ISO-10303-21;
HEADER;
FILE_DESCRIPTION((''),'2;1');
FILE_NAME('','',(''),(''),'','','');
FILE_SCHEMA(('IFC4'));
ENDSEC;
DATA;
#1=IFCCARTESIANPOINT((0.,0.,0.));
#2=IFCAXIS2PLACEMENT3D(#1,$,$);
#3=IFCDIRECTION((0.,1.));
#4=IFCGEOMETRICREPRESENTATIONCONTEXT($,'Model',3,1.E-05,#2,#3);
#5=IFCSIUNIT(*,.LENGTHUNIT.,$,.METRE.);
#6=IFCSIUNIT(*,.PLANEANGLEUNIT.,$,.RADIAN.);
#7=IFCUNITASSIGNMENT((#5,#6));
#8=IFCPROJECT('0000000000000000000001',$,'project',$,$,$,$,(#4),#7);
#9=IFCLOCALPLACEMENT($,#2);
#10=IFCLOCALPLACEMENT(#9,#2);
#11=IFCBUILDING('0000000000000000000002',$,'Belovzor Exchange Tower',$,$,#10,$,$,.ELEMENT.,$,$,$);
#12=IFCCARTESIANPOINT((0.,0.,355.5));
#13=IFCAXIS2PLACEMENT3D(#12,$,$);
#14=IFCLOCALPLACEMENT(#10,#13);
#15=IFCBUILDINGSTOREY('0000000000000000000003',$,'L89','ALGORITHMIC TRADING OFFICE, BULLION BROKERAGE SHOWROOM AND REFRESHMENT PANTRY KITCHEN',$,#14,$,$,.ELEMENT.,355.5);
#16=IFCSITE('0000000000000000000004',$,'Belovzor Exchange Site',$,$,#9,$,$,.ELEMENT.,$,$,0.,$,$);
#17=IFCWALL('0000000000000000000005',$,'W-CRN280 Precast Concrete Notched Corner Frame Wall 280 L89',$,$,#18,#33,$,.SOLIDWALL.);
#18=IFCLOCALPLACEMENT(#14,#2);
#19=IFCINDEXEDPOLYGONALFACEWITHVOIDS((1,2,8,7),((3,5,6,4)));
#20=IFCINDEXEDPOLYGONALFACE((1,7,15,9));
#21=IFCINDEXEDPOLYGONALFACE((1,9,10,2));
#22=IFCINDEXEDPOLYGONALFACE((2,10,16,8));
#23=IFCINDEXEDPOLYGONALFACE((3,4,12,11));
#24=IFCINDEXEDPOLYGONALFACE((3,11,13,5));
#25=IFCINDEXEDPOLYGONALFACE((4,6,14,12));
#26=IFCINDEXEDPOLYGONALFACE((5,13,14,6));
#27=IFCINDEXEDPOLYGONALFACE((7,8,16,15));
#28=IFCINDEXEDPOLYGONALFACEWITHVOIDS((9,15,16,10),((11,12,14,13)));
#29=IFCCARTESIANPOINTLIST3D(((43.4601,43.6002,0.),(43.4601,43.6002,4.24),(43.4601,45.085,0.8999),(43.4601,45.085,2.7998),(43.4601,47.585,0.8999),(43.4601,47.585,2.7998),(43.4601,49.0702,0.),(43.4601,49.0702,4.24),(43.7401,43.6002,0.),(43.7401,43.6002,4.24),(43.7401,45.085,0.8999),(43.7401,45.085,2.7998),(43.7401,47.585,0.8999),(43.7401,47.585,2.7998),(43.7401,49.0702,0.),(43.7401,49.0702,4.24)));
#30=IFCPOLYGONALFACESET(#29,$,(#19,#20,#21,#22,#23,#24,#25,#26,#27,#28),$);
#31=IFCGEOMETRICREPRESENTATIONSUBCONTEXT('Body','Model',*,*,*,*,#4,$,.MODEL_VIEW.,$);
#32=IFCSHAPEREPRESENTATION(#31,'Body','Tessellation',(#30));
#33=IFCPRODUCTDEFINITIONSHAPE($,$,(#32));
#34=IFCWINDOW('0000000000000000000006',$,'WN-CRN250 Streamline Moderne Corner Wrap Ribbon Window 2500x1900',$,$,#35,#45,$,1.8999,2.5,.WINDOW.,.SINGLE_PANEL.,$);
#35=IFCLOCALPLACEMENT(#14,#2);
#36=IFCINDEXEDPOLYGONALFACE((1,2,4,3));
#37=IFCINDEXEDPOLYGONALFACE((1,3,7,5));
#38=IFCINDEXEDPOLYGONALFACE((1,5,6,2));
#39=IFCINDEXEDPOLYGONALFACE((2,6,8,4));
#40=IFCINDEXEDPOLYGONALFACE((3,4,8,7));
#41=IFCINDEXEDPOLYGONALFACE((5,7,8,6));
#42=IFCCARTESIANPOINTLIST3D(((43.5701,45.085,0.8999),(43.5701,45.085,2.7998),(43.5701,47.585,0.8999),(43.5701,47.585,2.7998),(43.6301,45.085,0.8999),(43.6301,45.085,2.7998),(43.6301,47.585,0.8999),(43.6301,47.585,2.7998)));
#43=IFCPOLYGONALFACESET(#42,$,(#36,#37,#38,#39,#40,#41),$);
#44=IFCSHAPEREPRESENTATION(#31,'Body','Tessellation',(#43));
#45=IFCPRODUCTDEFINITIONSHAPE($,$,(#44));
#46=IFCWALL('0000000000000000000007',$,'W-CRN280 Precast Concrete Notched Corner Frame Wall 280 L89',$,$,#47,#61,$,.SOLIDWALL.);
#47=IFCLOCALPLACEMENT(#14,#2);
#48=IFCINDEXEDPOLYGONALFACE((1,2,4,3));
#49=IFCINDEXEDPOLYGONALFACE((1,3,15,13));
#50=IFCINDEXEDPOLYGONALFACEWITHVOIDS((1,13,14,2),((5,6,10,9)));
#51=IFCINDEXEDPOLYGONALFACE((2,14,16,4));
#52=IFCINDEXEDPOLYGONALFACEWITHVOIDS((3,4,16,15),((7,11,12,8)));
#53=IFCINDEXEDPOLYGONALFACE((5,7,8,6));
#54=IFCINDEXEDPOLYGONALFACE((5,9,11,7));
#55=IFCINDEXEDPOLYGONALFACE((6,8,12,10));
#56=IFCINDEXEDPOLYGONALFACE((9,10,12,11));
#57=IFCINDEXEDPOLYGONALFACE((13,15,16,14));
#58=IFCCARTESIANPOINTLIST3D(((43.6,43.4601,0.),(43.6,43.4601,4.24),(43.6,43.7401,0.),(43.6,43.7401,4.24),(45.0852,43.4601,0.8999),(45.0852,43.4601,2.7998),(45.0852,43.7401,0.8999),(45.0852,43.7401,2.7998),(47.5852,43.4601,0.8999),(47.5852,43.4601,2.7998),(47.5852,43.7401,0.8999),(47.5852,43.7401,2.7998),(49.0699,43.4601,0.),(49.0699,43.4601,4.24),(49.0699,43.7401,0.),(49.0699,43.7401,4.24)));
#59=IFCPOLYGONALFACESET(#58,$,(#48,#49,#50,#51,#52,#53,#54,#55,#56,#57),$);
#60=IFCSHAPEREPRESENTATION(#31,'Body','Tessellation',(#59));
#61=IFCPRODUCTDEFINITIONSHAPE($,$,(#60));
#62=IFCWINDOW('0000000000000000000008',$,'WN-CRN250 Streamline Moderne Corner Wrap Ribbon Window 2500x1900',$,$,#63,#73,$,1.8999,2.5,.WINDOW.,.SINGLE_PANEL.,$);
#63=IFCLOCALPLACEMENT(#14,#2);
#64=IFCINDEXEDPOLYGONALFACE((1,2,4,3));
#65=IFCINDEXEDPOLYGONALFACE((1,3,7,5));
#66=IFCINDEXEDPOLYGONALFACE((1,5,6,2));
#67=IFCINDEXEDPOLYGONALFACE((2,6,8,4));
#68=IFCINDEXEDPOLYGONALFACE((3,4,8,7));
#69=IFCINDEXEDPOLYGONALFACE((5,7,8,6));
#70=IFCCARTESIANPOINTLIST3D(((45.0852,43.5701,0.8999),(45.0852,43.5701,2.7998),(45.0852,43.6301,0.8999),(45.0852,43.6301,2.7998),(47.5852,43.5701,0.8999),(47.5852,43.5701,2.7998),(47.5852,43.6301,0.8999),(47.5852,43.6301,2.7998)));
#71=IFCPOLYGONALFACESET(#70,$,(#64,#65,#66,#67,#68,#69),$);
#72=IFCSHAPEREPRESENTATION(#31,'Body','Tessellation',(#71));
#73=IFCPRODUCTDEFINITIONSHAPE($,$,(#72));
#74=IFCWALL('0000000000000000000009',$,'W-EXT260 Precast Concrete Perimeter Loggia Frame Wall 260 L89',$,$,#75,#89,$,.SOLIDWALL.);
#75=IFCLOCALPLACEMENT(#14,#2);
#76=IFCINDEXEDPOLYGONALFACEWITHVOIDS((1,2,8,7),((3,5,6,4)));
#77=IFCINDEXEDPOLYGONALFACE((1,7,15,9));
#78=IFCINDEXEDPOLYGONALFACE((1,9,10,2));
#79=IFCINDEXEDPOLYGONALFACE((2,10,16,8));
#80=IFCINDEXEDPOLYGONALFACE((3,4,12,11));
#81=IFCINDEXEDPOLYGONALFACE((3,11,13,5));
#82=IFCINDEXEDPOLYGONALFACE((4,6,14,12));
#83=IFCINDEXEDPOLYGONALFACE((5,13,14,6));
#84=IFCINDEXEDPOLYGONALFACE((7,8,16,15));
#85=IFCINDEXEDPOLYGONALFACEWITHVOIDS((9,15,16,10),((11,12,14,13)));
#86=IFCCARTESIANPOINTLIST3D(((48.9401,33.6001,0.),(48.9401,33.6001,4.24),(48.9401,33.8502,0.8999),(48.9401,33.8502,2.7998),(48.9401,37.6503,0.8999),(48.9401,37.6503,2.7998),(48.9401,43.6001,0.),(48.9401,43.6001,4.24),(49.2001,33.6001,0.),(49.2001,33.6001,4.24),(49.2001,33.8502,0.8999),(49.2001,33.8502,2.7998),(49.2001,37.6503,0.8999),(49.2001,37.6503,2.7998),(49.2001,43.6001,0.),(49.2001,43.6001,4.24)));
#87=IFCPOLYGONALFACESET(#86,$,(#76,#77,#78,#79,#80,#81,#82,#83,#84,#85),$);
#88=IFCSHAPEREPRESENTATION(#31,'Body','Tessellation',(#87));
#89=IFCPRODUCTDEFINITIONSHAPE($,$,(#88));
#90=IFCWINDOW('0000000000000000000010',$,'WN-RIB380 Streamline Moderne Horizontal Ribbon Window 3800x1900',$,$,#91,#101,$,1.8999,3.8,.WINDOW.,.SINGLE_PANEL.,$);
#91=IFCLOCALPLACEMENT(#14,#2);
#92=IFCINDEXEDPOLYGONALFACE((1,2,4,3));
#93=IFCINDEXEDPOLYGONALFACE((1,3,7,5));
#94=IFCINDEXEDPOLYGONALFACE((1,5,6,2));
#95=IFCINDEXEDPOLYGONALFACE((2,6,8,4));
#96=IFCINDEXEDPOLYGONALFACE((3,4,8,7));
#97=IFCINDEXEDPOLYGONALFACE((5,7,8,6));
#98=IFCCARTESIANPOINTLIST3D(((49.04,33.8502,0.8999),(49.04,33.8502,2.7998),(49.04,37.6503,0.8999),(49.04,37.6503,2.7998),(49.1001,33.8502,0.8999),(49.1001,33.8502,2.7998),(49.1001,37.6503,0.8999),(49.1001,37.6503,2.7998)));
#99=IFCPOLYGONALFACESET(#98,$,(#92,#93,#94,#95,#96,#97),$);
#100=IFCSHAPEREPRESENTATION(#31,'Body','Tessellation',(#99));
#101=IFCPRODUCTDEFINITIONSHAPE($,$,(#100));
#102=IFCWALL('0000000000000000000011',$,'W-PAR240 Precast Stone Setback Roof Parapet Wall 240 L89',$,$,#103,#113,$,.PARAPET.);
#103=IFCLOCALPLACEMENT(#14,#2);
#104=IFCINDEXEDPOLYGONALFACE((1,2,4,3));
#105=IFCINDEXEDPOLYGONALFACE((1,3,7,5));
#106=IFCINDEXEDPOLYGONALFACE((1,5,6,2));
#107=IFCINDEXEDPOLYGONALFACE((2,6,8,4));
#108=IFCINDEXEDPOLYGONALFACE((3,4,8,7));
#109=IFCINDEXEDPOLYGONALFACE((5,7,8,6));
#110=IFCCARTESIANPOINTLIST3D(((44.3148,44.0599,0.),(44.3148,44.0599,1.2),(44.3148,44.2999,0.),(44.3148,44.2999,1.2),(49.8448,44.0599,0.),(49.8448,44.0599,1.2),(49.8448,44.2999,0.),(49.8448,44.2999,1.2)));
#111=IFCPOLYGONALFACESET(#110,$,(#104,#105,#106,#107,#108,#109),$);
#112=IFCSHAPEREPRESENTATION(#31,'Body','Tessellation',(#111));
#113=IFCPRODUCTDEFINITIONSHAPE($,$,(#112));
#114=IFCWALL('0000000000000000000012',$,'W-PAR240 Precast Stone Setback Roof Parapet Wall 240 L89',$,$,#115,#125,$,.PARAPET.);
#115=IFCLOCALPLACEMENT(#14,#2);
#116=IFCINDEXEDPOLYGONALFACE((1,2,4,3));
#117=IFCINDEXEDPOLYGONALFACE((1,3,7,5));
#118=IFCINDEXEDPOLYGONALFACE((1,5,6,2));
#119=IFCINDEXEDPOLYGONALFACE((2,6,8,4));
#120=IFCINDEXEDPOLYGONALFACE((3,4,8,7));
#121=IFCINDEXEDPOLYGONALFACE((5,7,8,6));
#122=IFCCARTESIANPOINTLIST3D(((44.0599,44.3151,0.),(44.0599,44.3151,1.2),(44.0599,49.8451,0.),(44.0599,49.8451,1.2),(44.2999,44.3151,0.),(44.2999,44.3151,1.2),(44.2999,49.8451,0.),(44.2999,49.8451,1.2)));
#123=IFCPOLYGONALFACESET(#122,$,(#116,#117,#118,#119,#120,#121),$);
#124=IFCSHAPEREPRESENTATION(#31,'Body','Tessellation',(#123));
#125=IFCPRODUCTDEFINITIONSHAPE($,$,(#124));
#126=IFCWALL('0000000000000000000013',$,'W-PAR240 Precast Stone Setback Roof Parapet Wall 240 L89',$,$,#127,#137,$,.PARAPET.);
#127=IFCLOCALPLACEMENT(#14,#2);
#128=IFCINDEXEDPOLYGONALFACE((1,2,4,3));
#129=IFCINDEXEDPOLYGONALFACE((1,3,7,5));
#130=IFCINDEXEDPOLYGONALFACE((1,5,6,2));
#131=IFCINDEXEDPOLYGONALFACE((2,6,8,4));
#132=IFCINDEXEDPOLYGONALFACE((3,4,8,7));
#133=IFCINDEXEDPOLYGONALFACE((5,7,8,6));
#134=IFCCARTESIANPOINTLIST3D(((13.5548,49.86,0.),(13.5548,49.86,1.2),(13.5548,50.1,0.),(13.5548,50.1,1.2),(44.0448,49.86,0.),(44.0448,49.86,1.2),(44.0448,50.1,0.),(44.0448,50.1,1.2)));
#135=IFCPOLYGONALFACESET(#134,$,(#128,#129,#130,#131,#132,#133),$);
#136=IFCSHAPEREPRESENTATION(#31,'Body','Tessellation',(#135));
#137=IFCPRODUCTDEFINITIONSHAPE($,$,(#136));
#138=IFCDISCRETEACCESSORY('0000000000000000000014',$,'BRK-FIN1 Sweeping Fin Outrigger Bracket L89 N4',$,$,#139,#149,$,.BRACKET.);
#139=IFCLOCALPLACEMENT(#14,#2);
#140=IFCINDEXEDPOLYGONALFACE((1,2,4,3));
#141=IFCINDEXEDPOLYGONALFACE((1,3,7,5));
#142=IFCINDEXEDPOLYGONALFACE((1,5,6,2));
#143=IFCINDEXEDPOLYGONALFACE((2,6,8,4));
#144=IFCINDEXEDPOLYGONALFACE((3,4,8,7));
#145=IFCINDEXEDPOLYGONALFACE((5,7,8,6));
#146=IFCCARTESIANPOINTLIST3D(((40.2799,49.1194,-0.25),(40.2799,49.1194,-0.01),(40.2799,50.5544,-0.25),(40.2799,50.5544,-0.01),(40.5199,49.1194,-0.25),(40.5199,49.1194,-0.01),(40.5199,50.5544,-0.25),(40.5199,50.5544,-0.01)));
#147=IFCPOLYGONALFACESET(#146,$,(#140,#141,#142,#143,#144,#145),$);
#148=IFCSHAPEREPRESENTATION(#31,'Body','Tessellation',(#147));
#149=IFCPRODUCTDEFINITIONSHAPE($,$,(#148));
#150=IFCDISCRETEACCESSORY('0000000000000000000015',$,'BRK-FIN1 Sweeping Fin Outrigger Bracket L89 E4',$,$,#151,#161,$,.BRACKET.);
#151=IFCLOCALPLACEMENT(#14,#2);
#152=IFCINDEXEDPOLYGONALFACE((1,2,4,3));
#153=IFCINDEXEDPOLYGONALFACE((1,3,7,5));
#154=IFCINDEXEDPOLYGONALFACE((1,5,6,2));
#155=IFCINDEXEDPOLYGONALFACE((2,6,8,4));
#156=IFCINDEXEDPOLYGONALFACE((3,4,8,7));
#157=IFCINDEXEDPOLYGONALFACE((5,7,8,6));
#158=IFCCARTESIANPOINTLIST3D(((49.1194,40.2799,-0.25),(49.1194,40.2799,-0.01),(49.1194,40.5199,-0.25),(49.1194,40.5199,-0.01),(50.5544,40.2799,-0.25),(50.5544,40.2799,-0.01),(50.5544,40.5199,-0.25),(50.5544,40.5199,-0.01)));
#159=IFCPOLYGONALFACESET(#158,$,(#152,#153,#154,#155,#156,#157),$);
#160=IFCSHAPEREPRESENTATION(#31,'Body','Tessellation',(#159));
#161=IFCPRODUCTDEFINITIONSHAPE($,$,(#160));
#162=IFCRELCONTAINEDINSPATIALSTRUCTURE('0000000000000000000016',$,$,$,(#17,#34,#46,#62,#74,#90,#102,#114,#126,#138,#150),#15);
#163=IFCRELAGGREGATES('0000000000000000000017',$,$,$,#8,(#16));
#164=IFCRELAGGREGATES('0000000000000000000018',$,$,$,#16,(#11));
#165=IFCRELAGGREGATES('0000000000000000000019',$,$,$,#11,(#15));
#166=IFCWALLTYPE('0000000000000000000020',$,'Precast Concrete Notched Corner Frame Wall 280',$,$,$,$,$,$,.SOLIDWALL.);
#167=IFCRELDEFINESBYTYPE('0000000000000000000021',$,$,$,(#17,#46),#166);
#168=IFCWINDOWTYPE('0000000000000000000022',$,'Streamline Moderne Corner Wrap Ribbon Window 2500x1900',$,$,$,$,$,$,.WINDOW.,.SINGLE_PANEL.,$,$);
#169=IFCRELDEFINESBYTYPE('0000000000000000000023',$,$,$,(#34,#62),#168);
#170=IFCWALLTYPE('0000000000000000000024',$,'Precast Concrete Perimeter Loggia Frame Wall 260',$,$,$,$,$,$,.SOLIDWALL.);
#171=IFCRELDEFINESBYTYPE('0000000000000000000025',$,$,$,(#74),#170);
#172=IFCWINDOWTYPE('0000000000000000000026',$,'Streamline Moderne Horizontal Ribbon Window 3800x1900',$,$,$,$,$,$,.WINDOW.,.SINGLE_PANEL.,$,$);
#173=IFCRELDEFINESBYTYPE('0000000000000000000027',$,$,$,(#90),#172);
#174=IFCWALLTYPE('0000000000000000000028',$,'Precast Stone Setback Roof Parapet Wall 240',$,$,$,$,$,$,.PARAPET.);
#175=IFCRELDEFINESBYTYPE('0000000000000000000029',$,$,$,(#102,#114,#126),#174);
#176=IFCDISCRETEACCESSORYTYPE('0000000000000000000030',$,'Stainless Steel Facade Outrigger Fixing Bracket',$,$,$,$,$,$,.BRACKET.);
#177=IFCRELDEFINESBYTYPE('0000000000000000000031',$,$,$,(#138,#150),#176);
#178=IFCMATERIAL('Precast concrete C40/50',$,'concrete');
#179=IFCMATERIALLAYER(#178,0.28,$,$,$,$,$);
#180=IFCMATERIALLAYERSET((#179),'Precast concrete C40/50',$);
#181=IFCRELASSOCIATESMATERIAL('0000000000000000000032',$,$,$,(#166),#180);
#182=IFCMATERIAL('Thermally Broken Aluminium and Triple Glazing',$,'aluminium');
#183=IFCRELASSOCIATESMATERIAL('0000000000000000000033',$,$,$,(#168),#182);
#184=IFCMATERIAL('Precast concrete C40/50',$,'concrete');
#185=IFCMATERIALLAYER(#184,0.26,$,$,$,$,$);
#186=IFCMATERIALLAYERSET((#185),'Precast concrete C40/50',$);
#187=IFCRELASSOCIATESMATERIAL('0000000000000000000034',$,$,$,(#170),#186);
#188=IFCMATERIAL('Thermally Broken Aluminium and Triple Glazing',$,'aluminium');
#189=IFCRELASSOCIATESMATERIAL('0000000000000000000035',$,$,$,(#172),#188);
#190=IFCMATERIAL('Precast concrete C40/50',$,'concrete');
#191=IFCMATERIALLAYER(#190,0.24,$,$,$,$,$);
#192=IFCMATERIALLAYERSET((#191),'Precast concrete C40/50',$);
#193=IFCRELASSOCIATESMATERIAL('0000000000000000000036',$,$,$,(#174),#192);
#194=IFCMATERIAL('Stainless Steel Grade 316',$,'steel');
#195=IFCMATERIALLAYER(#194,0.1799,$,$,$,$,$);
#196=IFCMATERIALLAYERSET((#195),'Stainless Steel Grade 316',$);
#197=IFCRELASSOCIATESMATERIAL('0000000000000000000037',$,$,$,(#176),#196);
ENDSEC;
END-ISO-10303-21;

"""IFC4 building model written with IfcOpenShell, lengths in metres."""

from ifc_helpers import new_model, si_unit, direction, frame, frame_2d, origin, origin_2d, place, context, subcontext, project, spatial, rectangle, extrude, material, layer, layer_set, type_object, element, fill, save


model = new_model("IFC4")

# Units and contexts
model_context = context("Model", 3, precision=1e-05, world=origin(), true_north=direction((0.0, 1.0)))
body_context = subcontext(model_context, "Body", "Model", "MODEL_VIEW")
ifc_project = project(units=[si_unit("LENGTHUNIT", "METRE"), si_unit("PLANEANGLEUNIT", "RADIAN")], contexts=[model_context])

# Site, building, storey
site_placement = place(None, origin())
site = spatial("IfcSite", under=ifc_project, at=site_placement, Name="Belovzor Exchange Site", CompositionType="ELEMENT", RefElevation=0.0)
building_placement = place(site_placement, origin())
building = spatial("IfcBuilding", under=site, at=building_placement, Name="Belovzor Exchange Tower", CompositionType="ELEMENT")
storey_placement = place(building_placement, frame((0.0, 0.0, 355.5)))
storey = spatial("IfcBuildingStorey", under=building, at=storey_placement, Name="L89", Description="ALGORITHMIC TRADING OFFICE, BULLION BROKERAGE SHOWROOM AND REFRESHMENT PANTRY KITCHEN", CompositionType="ELEMENT", Elevation=355.5)

# Walls, openings, windows
ifc_material_1 = material(Name="Precast concrete C40/50", Category="concrete")
ifc_layer_1 = layer(ifc_material_1, 0.28)
ifc_layer_set_1 = layer_set([ifc_layer_1], Name="Precast concrete C40/50")
wall_type_1 = type_object("IfcWallType", Name="Precast Concrete Notched Corner Frame Wall 280", PredefinedType="SOLIDWALL", material=ifc_layer_set_1)
wall_1_placement = place(storey_placement, frame((43.6001, 49.0701, 0.0), z_axis=(0.0, 0.0, 1.0), x_axis=(0.0, -1.0, 0.0)))
wall_1 = element("IfcWall", 1, at=wall_1_placement, inside=storey, type_object=wall_type_1, Name="W-CRN280 Precast Concrete Notched Corner Frame Wall 280 L89", PredefinedType="SOLIDWALL", context=body_context, shape_type="SweptSolid", body=[
    extrude(rectangle(XDim=5.47, YDim=0.28, at=frame_2d((2.7349, 0.0))), origin(), (0.0, 0.0, 1.0), 4.24),
])
opening_1_placement = place(wall_1_placement, frame((1.4851, 0.0, 0.8999)))
opening_1 = element("IfcOpeningElement", 2, at=opening_1_placement, cuts=wall_1, PredefinedType="OPENING", context=body_context, shape_type="SweptSolid", body=[
    extrude(rectangle(XDim=2.5, YDim=1.8999, at=frame_2d((1.25, 0.95))), frame((0.0, 0.1499, 0.0), z_axis=(0.0, -1.0, 0.0), x_axis=(1.0, 0.0, 0.0)), (0.0, 0.0, 1.0), 0.3),
])
ifc_material_2 = material(Name="Thermally Broken Aluminium and Triple Glazing", Category="aluminium")
window_type_1 = type_object("IfcWindowType", Name="Streamline Moderne Corner Wrap Ribbon Window 2500x1900", PartitioningType="SINGLE_PANEL", PredefinedType="WINDOW", material=ifc_material_2)
window_1_placement = place(opening_1_placement, origin())
window_1 = element("IfcWindow", 3, at=window_1_placement, inside=storey, type_object=window_type_1, Name="WN-CRN250 Streamline Moderne Corner Wrap Ribbon Window 2500x1900", OverallHeight=1.8999, OverallWidth=2.5, PartitioningType="SINGLE_PANEL", PredefinedType="WINDOW", context=body_context, shape_type="SweptSolid", body=[
    extrude(rectangle(XDim=2.5, YDim=1.8999, at=frame_2d((1.25, 0.95))), frame((0.0, 0.03, 0.0), z_axis=(0.0, -1.0, 0.0), x_axis=(1.0, 0.0, 0.0)), (0.0, 0.0, 1.0), 0.0601),
])
fill(opening_1, window_1)
wall_2_placement = place(storey_placement, frame((43.6001, 43.6001, 0.0), z_axis=(0.0, 0.0, 1.0), x_axis=(1.0, 0.0, 0.0)))
wall_2 = element("IfcWall", 4, at=wall_2_placement, inside=storey, type_object=wall_type_1, Name="W-CRN280 Precast Concrete Notched Corner Frame Wall 280 L89", PredefinedType="SOLIDWALL", context=body_context, shape_type="SweptSolid", body=[
    extrude(rectangle(XDim=5.47, YDim=0.28, at=frame_2d((2.7349, 0.0))), origin(), (0.0, 0.0, 1.0), 4.24),
])
opening_2_placement = place(wall_2_placement, frame((1.4851, 0.0, 0.8999)))
opening_2 = element("IfcOpeningElement", 5, at=opening_2_placement, cuts=wall_2, PredefinedType="OPENING", context=body_context, shape_type="SweptSolid", body=[
    extrude(rectangle(XDim=2.5, YDim=1.8999, at=frame_2d((1.25, 0.95))), frame((0.0, 0.1499, 0.0), z_axis=(0.0, -1.0, 0.0), x_axis=(1.0, 0.0, 0.0)), (0.0, 0.0, 1.0), 0.3),
])
window_2_placement = place(opening_2_placement, origin())
window_2 = element("IfcWindow", 6, at=window_2_placement, inside=storey, type_object=window_type_1, Name="WN-CRN250 Streamline Moderne Corner Wrap Ribbon Window 2500x1900", OverallHeight=1.8999, OverallWidth=2.5, PartitioningType="SINGLE_PANEL", PredefinedType="WINDOW", context=body_context, shape_type="SweptSolid", body=[
    extrude(rectangle(XDim=2.5, YDim=1.8999, at=frame_2d((1.25, 0.95))), frame((0.0, 0.03, 0.0), z_axis=(0.0, -1.0, 0.0), x_axis=(1.0, 0.0, 0.0)), (0.0, 0.0, 1.0), 0.0601),
])
fill(opening_2, window_2)
ifc_material_3 = material(Name="Precast concrete C40/50", Category="concrete")
ifc_layer_2 = layer(ifc_material_3, 0.26)
ifc_layer_set_2 = layer_set([ifc_layer_2], Name="Precast concrete C40/50")
wall_type_2 = type_object("IfcWallType", Name="Precast Concrete Perimeter Loggia Frame Wall 260", PredefinedType="SOLIDWALL", material=ifc_layer_set_2)
wall_3_placement = place(storey_placement, frame((49.0701, 43.6001, 0.0), z_axis=(0.0, 0.0, 1.0), x_axis=(0.0, -1.0, 0.0)))
wall_3 = element("IfcWall", 7, at=wall_3_placement, inside=storey, type_object=wall_type_2, Name="W-EXT260 Precast Concrete Perimeter Loggia Frame Wall 260 L89", PredefinedType="SOLIDWALL", context=body_context, shape_type="SweptSolid", body=[
    extrude(rectangle(XDim=10.0, YDim=0.26, at=frame_2d((5.0, 0.0))), origin(), (0.0, 0.0, 1.0), 4.24),
])
opening_3_placement = place(wall_3_placement, frame((5.95, 0.0, 0.8999)))
opening_3 = element("IfcOpeningElement", 8, at=opening_3_placement, cuts=wall_3, PredefinedType="OPENING", context=body_context, shape_type="SweptSolid", body=[
    extrude(rectangle(XDim=3.8, YDim=1.8999, at=frame_2d((1.8999, 0.95))), frame((0.0, 0.1399, 0.0), z_axis=(0.0, -1.0, 0.0), x_axis=(1.0, 0.0, 0.0)), (0.0, 0.0, 1.0), 0.28),
])
ifc_material_4 = material(Name="Thermally Broken Aluminium and Triple Glazing", Category="aluminium")
window_type_2 = type_object("IfcWindowType", Name="Streamline Moderne Horizontal Ribbon Window 3800x1900", PartitioningType="SINGLE_PANEL", PredefinedType="WINDOW", material=ifc_material_4)
window_3_placement = place(opening_3_placement, origin())
window_3 = element("IfcWindow", 9, at=window_3_placement, inside=storey, type_object=window_type_2, Name="WN-RIB380 Streamline Moderne Horizontal Ribbon Window 3800x1900", OverallHeight=1.8999, OverallWidth=3.8, PartitioningType="SINGLE_PANEL", PredefinedType="WINDOW", context=body_context, shape_type="SweptSolid", body=[
    extrude(rectangle(XDim=3.8, YDim=1.8999, at=frame_2d((1.8999, 0.95))), frame((0.0, 0.03, 0.0), z_axis=(0.0, -1.0, 0.0), x_axis=(1.0, 0.0, 0.0)), (0.0, 0.0, 1.0), 0.0601),
])
fill(opening_3, window_3)

# Walls
ifc_material_5 = material(Name="Precast concrete C40/50", Category="concrete")
ifc_layer_3 = layer(ifc_material_5, 0.24)
ifc_layer_set_3 = layer_set([ifc_layer_3], Name="Precast concrete C40/50")
wall_type_3 = type_object("IfcWallType", Name="Precast Stone Setback Roof Parapet Wall 240", PredefinedType="PARAPET", material=ifc_layer_set_3)
for number, where, z_axis, x_axis, name in (
    (10, (49.845, 44.1799, 0.0), (0.0, 0.0, 1.0), (-1.0, 0.0, 0.0), "W-PAR240 Precast Stone Setback Roof Parapet Wall 240 L89"),
    (11, (44.1799, 44.3149, 0.0), (0.0, 0.0, 1.0), (0.0, 1.0, 0.0), "W-PAR240 Precast Stone Setback Roof Parapet Wall 240 L89"),
):
    element("IfcWall", number, at=place(storey_placement, frame(where, z_axis=z_axis, x_axis=x_axis)), inside=storey, type_object=wall_type_3, Name=name, PredefinedType="PARAPET", context=body_context, shape_type="SweptSolid", body=[
        extrude(rectangle(XDim=5.53, YDim=0.24, at=frame_2d((2.7651, 0.0))), origin(), (0.0, 0.0, 1.0), 1.2),
    ])
wall_4_placement = place(storey_placement, frame((44.0449, 49.98, 0.0), z_axis=(0.0, 0.0, 1.0), x_axis=(-1.0, 0.0, 0.0)))
element("IfcWall", 12, at=wall_4_placement, inside=storey, type_object=wall_type_3, Name="W-PAR240 Precast Stone Setback Roof Parapet Wall 240 L89", PredefinedType="PARAPET", context=body_context, shape_type="SweptSolid", body=[
    extrude(rectangle(XDim=30.49, YDim=0.24, at=frame_2d((15.2451, 0.0))), origin(), (0.0, 0.0, 1.0), 1.2),
])

# Discrete accessories
ifc_material_6 = material(Name="Stainless Steel Grade 316", Category="steel")
ifc_layer_4 = layer(ifc_material_6, 0.1799)
ifc_layer_set_4 = layer_set([ifc_layer_4], Name="Stainless Steel Grade 316")
discrete_accessory_type = type_object("IfcDiscreteAccessoryType", Name="Stainless Steel Facade Outrigger Fixing Bracket", PredefinedType="BRACKET", material=ifc_layer_set_4)
for number, where, z_axis, x_axis, name in (
    (13, (40.3999, 49.8369, -0.25), (0.0, 0.0, 1.0), (0.0, 1.0, 0.0), "BRK-FIN1 Sweeping Fin Outrigger Bracket L89 N4"),
    (14, (49.8369, 40.3999, -0.25), (0.0, 0.0, 1.0), (1.0, 0.0, 0.0), "BRK-FIN1 Sweeping Fin Outrigger Bracket L89 E4"),
):
    element("IfcDiscreteAccessory", number, at=place(storey_placement, frame(where, z_axis=z_axis, x_axis=x_axis)), inside=storey, type_object=discrete_accessory_type, Name=name, PredefinedType="BRACKET", context=body_context, shape_type="SweptSolid", body=[
        extrude(rectangle(XDim=1.4351, YDim=0.24, at=origin_2d()), origin(), (0.0, 0.0, 1.0), 0.24),
    ])

save(model, "model.ifc")
